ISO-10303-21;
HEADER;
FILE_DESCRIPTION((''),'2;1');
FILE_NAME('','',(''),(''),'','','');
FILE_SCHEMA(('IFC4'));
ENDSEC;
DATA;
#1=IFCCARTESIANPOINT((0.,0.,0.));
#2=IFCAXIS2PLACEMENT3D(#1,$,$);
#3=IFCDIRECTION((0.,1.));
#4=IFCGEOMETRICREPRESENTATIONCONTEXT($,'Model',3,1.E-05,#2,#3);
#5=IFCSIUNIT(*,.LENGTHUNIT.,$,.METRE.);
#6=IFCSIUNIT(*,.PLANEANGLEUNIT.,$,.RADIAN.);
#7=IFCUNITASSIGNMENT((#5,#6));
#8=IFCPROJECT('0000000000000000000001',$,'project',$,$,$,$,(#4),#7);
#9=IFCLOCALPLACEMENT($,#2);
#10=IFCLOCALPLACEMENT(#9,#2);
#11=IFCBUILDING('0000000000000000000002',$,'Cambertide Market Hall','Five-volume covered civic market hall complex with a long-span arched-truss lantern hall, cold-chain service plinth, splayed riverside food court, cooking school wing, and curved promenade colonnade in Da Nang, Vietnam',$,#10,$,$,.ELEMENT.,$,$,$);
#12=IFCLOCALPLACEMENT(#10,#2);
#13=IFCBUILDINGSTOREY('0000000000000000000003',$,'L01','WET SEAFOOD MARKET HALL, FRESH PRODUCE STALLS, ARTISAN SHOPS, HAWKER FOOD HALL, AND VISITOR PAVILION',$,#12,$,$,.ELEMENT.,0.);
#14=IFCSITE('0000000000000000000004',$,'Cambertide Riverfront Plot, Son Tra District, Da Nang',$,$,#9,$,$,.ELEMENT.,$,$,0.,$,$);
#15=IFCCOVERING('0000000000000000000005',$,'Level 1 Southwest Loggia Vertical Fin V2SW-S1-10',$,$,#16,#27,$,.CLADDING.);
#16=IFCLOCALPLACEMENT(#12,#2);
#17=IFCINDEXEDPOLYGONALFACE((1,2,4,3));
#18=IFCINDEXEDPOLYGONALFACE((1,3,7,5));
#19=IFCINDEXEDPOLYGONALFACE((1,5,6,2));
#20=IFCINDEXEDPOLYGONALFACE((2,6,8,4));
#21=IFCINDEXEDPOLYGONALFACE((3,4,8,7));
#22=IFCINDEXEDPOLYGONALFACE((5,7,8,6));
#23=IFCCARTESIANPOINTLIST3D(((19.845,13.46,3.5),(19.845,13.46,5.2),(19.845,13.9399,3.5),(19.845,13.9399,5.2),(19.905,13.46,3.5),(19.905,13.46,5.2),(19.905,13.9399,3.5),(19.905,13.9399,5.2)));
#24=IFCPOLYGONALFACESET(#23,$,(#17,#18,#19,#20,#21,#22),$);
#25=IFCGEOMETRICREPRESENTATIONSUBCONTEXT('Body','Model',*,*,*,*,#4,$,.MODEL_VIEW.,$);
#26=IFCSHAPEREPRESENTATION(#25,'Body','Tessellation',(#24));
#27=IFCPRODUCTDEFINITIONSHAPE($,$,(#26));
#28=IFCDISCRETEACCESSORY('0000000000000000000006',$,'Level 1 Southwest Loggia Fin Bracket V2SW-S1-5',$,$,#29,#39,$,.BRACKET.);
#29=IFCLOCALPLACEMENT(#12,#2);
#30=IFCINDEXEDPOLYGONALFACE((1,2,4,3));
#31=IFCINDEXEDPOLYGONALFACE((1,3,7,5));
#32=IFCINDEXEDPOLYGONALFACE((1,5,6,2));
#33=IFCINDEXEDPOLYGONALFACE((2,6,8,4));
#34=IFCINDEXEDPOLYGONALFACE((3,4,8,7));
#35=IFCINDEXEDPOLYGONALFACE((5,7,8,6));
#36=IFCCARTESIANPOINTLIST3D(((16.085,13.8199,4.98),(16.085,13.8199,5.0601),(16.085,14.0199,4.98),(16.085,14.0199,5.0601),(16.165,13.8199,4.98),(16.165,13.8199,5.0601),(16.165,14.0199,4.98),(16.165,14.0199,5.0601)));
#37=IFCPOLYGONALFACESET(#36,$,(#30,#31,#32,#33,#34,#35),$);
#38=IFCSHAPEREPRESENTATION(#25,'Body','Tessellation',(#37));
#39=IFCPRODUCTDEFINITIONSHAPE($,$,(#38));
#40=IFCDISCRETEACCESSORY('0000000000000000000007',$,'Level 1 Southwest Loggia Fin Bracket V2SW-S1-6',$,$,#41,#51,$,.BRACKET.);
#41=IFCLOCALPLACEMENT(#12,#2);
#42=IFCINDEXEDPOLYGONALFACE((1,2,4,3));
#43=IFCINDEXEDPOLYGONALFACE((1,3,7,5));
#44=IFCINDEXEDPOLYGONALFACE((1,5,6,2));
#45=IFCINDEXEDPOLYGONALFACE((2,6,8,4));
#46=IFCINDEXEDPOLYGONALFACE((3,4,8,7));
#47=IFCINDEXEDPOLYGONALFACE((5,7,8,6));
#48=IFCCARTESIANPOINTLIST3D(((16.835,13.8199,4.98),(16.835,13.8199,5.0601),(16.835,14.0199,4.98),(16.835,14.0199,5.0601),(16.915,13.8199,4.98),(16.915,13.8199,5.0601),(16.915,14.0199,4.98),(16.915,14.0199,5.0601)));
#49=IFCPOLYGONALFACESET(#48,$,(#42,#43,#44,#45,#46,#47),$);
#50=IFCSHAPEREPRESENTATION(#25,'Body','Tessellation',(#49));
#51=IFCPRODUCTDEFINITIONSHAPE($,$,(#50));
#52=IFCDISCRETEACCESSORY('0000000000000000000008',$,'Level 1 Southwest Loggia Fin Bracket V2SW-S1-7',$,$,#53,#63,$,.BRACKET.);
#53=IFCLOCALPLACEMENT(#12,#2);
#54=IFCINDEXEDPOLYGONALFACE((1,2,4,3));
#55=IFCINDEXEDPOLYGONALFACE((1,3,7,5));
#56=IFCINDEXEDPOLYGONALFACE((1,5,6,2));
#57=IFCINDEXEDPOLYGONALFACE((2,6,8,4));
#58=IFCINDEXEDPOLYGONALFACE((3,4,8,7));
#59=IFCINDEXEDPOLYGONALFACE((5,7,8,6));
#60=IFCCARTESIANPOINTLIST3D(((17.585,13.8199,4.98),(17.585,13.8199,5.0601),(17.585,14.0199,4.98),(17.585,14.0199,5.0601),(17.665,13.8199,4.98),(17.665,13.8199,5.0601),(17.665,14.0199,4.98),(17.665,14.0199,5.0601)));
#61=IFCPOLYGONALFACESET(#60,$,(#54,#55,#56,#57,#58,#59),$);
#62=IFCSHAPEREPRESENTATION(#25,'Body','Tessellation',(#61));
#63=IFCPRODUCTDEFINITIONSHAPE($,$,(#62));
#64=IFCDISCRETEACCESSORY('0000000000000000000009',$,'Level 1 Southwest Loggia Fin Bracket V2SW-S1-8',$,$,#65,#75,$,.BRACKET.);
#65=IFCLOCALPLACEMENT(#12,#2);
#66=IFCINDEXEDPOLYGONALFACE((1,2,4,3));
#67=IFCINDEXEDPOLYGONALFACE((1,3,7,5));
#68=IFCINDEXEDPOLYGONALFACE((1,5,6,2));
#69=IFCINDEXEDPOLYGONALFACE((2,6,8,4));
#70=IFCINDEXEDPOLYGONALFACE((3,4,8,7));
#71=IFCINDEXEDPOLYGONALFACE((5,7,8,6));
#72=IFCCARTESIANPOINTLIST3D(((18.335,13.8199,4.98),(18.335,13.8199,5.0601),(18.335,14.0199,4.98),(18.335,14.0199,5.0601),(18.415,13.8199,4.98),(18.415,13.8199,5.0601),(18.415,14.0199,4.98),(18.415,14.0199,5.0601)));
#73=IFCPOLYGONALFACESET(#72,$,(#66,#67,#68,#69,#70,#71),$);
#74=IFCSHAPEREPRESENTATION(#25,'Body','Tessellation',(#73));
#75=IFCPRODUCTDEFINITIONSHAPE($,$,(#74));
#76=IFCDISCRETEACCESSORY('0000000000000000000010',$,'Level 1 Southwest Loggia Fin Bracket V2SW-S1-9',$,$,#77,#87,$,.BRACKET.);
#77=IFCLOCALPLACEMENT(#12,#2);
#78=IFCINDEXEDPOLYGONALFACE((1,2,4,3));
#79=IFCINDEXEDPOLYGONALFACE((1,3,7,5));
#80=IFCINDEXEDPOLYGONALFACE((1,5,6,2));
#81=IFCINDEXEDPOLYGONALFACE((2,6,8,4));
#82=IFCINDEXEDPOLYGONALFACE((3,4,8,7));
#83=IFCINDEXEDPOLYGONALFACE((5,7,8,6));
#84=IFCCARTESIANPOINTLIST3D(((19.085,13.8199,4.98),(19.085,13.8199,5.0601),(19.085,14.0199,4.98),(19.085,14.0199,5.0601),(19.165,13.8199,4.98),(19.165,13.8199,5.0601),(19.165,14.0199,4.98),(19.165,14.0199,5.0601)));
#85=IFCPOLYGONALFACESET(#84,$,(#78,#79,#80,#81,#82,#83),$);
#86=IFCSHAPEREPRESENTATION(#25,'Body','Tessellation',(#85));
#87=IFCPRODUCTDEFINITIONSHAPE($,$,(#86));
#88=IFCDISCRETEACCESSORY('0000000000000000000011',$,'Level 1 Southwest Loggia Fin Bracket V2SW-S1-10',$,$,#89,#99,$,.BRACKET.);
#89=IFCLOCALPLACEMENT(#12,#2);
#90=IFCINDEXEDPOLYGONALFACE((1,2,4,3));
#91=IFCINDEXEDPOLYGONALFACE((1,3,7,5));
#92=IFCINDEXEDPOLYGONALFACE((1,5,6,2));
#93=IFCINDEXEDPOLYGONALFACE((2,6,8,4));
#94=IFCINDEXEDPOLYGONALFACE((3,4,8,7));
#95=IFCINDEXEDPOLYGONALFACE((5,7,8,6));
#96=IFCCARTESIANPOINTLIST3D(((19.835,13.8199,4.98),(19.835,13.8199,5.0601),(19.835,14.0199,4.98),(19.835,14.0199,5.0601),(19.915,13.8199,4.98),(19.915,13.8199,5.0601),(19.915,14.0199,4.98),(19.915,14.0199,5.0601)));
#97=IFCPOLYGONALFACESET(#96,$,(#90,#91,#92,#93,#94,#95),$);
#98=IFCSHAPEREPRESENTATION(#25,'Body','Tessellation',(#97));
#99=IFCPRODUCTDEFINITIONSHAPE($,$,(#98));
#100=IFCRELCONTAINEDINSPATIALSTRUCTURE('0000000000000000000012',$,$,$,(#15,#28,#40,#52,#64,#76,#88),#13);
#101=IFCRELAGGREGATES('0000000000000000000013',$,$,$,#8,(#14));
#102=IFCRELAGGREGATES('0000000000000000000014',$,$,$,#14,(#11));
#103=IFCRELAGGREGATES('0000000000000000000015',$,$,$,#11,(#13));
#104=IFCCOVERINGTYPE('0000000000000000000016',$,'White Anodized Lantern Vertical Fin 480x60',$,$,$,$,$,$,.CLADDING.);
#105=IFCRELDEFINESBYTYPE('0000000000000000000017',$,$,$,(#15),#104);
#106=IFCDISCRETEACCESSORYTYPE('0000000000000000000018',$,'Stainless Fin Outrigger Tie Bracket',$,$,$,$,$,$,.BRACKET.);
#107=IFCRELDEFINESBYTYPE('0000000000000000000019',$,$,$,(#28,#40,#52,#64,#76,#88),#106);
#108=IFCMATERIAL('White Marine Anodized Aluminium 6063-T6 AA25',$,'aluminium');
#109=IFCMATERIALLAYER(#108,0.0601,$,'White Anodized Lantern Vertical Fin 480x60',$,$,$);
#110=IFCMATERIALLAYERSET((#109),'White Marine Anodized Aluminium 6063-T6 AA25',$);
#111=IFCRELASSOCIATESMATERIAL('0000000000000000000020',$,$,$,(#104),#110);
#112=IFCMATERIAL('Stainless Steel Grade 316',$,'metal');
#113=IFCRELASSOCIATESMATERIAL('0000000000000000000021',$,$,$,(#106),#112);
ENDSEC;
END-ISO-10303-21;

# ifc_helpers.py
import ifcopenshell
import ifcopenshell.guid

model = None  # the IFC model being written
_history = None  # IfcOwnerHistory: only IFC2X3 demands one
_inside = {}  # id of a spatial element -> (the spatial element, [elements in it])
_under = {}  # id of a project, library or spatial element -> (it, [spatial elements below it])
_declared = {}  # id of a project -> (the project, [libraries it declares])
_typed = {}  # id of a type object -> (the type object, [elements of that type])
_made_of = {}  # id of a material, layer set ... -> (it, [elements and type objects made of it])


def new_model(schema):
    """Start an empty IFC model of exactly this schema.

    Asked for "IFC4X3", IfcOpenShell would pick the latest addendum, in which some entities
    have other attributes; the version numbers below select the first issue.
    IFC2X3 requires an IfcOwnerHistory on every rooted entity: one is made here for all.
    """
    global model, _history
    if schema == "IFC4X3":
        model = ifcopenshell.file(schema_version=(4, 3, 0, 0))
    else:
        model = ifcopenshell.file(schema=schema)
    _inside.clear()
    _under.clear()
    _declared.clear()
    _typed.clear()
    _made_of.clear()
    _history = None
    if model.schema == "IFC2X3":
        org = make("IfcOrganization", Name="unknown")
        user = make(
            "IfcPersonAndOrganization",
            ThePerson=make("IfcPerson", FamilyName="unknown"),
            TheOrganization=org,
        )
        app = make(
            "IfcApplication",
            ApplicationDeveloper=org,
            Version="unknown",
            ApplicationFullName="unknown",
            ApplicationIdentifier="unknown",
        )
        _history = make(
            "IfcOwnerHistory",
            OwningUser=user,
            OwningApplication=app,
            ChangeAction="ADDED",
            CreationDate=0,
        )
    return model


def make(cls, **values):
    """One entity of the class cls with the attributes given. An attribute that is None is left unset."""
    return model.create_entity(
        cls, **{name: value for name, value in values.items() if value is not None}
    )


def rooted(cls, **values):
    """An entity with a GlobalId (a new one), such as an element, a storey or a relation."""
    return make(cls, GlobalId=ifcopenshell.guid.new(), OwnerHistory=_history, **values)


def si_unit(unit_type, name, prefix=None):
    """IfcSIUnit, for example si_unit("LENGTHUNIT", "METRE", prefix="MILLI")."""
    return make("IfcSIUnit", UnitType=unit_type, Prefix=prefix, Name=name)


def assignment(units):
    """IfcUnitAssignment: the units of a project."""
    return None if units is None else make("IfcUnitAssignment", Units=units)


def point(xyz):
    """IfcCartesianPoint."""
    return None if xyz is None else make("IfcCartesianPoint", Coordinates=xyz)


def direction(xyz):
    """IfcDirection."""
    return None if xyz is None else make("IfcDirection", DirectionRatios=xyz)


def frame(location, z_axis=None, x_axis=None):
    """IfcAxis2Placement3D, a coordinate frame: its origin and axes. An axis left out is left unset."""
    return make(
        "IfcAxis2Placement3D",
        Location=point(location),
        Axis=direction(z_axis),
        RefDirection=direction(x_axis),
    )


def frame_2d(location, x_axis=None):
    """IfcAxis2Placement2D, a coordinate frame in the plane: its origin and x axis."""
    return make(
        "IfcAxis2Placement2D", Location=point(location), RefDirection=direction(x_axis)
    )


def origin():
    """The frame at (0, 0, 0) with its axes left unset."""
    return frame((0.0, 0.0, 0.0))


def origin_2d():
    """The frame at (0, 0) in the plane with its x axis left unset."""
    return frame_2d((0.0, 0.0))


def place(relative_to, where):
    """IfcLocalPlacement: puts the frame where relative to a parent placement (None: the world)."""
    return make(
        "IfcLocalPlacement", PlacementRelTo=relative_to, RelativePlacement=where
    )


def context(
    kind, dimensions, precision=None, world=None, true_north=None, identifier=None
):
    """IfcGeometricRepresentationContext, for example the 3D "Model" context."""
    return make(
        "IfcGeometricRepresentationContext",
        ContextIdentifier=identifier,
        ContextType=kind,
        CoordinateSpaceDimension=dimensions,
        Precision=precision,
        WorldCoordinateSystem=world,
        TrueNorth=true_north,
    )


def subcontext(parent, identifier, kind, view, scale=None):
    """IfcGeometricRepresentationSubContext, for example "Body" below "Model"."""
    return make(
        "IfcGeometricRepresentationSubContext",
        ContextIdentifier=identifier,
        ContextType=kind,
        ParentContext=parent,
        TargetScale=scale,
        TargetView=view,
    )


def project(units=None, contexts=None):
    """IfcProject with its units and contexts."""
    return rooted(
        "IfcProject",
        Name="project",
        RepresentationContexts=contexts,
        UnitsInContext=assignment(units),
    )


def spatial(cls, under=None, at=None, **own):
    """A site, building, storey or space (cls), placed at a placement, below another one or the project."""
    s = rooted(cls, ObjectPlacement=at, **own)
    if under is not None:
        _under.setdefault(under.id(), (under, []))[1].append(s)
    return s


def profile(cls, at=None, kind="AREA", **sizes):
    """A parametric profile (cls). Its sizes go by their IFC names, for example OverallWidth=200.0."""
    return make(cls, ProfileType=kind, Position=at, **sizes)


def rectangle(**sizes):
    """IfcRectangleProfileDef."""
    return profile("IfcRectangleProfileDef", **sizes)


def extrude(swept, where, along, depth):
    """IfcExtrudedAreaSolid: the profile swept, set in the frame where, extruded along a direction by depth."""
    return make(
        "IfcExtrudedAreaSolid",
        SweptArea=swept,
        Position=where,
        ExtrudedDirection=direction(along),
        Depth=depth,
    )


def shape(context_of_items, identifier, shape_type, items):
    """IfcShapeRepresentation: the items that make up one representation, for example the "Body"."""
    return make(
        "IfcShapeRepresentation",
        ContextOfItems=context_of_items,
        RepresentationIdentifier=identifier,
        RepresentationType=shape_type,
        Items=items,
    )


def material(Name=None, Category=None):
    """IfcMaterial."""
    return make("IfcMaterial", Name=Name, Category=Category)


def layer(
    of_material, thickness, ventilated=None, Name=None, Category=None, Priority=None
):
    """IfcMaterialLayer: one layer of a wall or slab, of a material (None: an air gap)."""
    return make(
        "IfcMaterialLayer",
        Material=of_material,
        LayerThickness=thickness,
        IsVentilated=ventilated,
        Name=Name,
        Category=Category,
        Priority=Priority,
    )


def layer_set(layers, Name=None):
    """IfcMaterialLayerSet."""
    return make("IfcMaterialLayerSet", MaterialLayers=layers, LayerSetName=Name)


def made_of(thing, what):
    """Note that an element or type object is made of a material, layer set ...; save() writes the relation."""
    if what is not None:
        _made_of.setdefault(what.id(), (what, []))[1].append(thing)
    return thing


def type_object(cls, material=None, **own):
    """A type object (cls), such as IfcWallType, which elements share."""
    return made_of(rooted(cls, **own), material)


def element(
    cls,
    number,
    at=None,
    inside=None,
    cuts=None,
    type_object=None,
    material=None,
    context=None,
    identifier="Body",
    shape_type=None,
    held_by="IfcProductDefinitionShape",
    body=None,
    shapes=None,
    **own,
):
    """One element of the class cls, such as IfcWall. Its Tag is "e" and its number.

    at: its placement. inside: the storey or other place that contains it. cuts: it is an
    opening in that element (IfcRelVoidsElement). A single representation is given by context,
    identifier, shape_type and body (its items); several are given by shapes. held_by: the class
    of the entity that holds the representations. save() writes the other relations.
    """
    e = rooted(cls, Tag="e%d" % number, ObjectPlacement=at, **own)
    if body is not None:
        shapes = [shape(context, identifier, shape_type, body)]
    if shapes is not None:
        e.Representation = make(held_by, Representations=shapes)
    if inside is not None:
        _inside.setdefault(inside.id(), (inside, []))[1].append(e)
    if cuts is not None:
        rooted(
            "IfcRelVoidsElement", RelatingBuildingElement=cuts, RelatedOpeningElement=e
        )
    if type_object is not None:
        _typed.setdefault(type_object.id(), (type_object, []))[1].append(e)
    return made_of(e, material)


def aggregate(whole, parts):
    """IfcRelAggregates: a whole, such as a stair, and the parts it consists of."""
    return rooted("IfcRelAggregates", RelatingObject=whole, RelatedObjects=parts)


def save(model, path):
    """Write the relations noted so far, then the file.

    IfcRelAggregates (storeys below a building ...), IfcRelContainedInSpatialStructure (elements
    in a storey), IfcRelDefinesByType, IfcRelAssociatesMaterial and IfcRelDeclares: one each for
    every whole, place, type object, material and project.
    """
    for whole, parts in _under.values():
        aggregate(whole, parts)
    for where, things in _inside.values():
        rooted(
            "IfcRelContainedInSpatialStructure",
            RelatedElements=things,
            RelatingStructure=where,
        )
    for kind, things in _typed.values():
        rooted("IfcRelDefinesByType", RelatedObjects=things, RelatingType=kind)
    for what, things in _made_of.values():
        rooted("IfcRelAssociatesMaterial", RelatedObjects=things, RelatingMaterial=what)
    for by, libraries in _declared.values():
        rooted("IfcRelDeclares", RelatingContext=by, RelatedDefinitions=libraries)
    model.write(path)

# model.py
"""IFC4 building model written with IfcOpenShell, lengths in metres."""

from ifc_helpers import new_model, si_unit, direction, frame, origin, origin_2d, place, context, subcontext, project, spatial, rectangle, extrude, material, layer, layer_set, type_object, element, save


model = new_model("IFC4")

# Units and contexts
model_context = context("Model", 3, precision=1e-05, world=origin(), true_north=direction((0.0, 1.0)))
body_context = subcontext(model_context, "Body", "Model", "MODEL_VIEW")
ifc_project = project(units=[si_unit("LENGTHUNIT", "METRE"), si_unit("PLANEANGLEUNIT", "RADIAN")], contexts=[model_context])

# Site, building, storey
site_placement = place(None, origin())
site = spatial("IfcSite", under=ifc_project, at=site_placement, Name="Cambertide Riverfront Plot, Son Tra District, Da Nang", CompositionType="ELEMENT", RefElevation=0.0)
building_placement = place(site_placement, origin())
building = spatial("IfcBuilding", under=site, at=building_placement, Name="Cambertide Market Hall", Description="Five-volume covered civic market hall complex with a long-span arched-truss lantern hall, cold-chain service plinth, splayed riverside food court, cooking school wing, and curved promenade colonnade in Da Nang, Vietnam", CompositionType="ELEMENT")
storey_placement = place(building_placement, origin())
storey = spatial("IfcBuildingStorey", under=building, at=storey_placement, Name="L01", Description="WET SEAFOOD MARKET HALL, FRESH PRODUCE STALLS, ARTISAN SHOPS, HAWKER FOOD HALL, AND VISITOR PAVILION", CompositionType="ELEMENT", Elevation=0.0)

# Covering
ifc_material_1 = material(Name="White Marine Anodized Aluminium 6063-T6 AA25", Category="aluminium")
ifc_layer_1 = layer(ifc_material_1, 0.0601, Name="White Anodized Lantern Vertical Fin 480x60")
ifc_layer_set_1 = layer_set([ifc_layer_1], Name="White Marine Anodized Aluminium 6063-T6 AA25")
covering_type = type_object("IfcCoveringType", Name="White Anodized Lantern Vertical Fin 480x60", PredefinedType="CLADDING", material=ifc_layer_set_1)
for number, where, z_axis, x_axis, name in (
    (1, (19.875, 13.7, 3.5), (0.0, 0.0, 1.0), (1.0, 0.0, 0.0), "Level 1 Southwest Loggia Vertical Fin V2SW-S1-10"),
):
    element("IfcCovering", number, at=place(storey_placement, frame(where, z_axis=z_axis, x_axis=x_axis)), inside=storey, type_object=covering_type, Name=name, PredefinedType="CLADDING", context=body_context, shape_type="SweptSolid", body=[
        extrude(rectangle(XDim=0.0601, YDim=0.48, at=origin_2d()), origin(), (0.0, 0.0, 1.0), 1.7),
    ])

# Discrete accessories
ifc_material_2 = material(Name="Stainless Steel Grade 316", Category="metal")
discrete_accessory_type = type_object("IfcDiscreteAccessoryType", Name="Stainless Fin Outrigger Tie Bracket", PredefinedType="BRACKET", material=ifc_material_2)
for number, where, z_axis, x_axis, name in (
    (2, (16.125, 13.9199, 4.98), (0.0, 0.0, 1.0), (1.0, 0.0, 0.0), "Level 1 Southwest Loggia Fin Bracket V2SW-S1-5"),
    (3, (16.875, 13.9199, 4.98), (0.0, 0.0, 1.0), (1.0, 0.0, 0.0), "Level 1 Southwest Loggia Fin Bracket V2SW-S1-6"),
    (4, (17.625, 13.9199, 4.98), (0.0, 0.0, 1.0), (1.0, 0.0, 0.0), "Level 1 Southwest Loggia Fin Bracket V2SW-S1-7"),
    (5, (18.375, 13.9199, 4.98), (0.0, 0.0, 1.0), (1.0, 0.0, 0.0), "Level 1 Southwest Loggia Fin Bracket V2SW-S1-8"),
    (6, (19.125, 13.9199, 4.98), (0.0, 0.0, 1.0), (1.0, 0.0, 0.0), "Level 1 Southwest Loggia Fin Bracket V2SW-S1-9"),
    (7, (19.875, 13.9199, 4.98), (0.0, 0.0, 1.0), (1.0, 0.0, 0.0), "Level 1 Southwest Loggia Fin Bracket V2SW-S1-10"),
):
    element("IfcDiscreteAccessory", number, at=place(storey_placement, frame(where, z_axis=z_axis, x_axis=x_axis)), inside=storey, type_object=discrete_accessory_type, Name=name, PredefinedType="BRACKET", context=body_context, shape_type="SweptSolid", body=[
        extrude(rectangle(XDim=0.0801, YDim=0.2, at=origin_2d()), origin(), (0.0, 0.0, 1.0), 0.0801),
    ])

save(model, "model.ifc")
